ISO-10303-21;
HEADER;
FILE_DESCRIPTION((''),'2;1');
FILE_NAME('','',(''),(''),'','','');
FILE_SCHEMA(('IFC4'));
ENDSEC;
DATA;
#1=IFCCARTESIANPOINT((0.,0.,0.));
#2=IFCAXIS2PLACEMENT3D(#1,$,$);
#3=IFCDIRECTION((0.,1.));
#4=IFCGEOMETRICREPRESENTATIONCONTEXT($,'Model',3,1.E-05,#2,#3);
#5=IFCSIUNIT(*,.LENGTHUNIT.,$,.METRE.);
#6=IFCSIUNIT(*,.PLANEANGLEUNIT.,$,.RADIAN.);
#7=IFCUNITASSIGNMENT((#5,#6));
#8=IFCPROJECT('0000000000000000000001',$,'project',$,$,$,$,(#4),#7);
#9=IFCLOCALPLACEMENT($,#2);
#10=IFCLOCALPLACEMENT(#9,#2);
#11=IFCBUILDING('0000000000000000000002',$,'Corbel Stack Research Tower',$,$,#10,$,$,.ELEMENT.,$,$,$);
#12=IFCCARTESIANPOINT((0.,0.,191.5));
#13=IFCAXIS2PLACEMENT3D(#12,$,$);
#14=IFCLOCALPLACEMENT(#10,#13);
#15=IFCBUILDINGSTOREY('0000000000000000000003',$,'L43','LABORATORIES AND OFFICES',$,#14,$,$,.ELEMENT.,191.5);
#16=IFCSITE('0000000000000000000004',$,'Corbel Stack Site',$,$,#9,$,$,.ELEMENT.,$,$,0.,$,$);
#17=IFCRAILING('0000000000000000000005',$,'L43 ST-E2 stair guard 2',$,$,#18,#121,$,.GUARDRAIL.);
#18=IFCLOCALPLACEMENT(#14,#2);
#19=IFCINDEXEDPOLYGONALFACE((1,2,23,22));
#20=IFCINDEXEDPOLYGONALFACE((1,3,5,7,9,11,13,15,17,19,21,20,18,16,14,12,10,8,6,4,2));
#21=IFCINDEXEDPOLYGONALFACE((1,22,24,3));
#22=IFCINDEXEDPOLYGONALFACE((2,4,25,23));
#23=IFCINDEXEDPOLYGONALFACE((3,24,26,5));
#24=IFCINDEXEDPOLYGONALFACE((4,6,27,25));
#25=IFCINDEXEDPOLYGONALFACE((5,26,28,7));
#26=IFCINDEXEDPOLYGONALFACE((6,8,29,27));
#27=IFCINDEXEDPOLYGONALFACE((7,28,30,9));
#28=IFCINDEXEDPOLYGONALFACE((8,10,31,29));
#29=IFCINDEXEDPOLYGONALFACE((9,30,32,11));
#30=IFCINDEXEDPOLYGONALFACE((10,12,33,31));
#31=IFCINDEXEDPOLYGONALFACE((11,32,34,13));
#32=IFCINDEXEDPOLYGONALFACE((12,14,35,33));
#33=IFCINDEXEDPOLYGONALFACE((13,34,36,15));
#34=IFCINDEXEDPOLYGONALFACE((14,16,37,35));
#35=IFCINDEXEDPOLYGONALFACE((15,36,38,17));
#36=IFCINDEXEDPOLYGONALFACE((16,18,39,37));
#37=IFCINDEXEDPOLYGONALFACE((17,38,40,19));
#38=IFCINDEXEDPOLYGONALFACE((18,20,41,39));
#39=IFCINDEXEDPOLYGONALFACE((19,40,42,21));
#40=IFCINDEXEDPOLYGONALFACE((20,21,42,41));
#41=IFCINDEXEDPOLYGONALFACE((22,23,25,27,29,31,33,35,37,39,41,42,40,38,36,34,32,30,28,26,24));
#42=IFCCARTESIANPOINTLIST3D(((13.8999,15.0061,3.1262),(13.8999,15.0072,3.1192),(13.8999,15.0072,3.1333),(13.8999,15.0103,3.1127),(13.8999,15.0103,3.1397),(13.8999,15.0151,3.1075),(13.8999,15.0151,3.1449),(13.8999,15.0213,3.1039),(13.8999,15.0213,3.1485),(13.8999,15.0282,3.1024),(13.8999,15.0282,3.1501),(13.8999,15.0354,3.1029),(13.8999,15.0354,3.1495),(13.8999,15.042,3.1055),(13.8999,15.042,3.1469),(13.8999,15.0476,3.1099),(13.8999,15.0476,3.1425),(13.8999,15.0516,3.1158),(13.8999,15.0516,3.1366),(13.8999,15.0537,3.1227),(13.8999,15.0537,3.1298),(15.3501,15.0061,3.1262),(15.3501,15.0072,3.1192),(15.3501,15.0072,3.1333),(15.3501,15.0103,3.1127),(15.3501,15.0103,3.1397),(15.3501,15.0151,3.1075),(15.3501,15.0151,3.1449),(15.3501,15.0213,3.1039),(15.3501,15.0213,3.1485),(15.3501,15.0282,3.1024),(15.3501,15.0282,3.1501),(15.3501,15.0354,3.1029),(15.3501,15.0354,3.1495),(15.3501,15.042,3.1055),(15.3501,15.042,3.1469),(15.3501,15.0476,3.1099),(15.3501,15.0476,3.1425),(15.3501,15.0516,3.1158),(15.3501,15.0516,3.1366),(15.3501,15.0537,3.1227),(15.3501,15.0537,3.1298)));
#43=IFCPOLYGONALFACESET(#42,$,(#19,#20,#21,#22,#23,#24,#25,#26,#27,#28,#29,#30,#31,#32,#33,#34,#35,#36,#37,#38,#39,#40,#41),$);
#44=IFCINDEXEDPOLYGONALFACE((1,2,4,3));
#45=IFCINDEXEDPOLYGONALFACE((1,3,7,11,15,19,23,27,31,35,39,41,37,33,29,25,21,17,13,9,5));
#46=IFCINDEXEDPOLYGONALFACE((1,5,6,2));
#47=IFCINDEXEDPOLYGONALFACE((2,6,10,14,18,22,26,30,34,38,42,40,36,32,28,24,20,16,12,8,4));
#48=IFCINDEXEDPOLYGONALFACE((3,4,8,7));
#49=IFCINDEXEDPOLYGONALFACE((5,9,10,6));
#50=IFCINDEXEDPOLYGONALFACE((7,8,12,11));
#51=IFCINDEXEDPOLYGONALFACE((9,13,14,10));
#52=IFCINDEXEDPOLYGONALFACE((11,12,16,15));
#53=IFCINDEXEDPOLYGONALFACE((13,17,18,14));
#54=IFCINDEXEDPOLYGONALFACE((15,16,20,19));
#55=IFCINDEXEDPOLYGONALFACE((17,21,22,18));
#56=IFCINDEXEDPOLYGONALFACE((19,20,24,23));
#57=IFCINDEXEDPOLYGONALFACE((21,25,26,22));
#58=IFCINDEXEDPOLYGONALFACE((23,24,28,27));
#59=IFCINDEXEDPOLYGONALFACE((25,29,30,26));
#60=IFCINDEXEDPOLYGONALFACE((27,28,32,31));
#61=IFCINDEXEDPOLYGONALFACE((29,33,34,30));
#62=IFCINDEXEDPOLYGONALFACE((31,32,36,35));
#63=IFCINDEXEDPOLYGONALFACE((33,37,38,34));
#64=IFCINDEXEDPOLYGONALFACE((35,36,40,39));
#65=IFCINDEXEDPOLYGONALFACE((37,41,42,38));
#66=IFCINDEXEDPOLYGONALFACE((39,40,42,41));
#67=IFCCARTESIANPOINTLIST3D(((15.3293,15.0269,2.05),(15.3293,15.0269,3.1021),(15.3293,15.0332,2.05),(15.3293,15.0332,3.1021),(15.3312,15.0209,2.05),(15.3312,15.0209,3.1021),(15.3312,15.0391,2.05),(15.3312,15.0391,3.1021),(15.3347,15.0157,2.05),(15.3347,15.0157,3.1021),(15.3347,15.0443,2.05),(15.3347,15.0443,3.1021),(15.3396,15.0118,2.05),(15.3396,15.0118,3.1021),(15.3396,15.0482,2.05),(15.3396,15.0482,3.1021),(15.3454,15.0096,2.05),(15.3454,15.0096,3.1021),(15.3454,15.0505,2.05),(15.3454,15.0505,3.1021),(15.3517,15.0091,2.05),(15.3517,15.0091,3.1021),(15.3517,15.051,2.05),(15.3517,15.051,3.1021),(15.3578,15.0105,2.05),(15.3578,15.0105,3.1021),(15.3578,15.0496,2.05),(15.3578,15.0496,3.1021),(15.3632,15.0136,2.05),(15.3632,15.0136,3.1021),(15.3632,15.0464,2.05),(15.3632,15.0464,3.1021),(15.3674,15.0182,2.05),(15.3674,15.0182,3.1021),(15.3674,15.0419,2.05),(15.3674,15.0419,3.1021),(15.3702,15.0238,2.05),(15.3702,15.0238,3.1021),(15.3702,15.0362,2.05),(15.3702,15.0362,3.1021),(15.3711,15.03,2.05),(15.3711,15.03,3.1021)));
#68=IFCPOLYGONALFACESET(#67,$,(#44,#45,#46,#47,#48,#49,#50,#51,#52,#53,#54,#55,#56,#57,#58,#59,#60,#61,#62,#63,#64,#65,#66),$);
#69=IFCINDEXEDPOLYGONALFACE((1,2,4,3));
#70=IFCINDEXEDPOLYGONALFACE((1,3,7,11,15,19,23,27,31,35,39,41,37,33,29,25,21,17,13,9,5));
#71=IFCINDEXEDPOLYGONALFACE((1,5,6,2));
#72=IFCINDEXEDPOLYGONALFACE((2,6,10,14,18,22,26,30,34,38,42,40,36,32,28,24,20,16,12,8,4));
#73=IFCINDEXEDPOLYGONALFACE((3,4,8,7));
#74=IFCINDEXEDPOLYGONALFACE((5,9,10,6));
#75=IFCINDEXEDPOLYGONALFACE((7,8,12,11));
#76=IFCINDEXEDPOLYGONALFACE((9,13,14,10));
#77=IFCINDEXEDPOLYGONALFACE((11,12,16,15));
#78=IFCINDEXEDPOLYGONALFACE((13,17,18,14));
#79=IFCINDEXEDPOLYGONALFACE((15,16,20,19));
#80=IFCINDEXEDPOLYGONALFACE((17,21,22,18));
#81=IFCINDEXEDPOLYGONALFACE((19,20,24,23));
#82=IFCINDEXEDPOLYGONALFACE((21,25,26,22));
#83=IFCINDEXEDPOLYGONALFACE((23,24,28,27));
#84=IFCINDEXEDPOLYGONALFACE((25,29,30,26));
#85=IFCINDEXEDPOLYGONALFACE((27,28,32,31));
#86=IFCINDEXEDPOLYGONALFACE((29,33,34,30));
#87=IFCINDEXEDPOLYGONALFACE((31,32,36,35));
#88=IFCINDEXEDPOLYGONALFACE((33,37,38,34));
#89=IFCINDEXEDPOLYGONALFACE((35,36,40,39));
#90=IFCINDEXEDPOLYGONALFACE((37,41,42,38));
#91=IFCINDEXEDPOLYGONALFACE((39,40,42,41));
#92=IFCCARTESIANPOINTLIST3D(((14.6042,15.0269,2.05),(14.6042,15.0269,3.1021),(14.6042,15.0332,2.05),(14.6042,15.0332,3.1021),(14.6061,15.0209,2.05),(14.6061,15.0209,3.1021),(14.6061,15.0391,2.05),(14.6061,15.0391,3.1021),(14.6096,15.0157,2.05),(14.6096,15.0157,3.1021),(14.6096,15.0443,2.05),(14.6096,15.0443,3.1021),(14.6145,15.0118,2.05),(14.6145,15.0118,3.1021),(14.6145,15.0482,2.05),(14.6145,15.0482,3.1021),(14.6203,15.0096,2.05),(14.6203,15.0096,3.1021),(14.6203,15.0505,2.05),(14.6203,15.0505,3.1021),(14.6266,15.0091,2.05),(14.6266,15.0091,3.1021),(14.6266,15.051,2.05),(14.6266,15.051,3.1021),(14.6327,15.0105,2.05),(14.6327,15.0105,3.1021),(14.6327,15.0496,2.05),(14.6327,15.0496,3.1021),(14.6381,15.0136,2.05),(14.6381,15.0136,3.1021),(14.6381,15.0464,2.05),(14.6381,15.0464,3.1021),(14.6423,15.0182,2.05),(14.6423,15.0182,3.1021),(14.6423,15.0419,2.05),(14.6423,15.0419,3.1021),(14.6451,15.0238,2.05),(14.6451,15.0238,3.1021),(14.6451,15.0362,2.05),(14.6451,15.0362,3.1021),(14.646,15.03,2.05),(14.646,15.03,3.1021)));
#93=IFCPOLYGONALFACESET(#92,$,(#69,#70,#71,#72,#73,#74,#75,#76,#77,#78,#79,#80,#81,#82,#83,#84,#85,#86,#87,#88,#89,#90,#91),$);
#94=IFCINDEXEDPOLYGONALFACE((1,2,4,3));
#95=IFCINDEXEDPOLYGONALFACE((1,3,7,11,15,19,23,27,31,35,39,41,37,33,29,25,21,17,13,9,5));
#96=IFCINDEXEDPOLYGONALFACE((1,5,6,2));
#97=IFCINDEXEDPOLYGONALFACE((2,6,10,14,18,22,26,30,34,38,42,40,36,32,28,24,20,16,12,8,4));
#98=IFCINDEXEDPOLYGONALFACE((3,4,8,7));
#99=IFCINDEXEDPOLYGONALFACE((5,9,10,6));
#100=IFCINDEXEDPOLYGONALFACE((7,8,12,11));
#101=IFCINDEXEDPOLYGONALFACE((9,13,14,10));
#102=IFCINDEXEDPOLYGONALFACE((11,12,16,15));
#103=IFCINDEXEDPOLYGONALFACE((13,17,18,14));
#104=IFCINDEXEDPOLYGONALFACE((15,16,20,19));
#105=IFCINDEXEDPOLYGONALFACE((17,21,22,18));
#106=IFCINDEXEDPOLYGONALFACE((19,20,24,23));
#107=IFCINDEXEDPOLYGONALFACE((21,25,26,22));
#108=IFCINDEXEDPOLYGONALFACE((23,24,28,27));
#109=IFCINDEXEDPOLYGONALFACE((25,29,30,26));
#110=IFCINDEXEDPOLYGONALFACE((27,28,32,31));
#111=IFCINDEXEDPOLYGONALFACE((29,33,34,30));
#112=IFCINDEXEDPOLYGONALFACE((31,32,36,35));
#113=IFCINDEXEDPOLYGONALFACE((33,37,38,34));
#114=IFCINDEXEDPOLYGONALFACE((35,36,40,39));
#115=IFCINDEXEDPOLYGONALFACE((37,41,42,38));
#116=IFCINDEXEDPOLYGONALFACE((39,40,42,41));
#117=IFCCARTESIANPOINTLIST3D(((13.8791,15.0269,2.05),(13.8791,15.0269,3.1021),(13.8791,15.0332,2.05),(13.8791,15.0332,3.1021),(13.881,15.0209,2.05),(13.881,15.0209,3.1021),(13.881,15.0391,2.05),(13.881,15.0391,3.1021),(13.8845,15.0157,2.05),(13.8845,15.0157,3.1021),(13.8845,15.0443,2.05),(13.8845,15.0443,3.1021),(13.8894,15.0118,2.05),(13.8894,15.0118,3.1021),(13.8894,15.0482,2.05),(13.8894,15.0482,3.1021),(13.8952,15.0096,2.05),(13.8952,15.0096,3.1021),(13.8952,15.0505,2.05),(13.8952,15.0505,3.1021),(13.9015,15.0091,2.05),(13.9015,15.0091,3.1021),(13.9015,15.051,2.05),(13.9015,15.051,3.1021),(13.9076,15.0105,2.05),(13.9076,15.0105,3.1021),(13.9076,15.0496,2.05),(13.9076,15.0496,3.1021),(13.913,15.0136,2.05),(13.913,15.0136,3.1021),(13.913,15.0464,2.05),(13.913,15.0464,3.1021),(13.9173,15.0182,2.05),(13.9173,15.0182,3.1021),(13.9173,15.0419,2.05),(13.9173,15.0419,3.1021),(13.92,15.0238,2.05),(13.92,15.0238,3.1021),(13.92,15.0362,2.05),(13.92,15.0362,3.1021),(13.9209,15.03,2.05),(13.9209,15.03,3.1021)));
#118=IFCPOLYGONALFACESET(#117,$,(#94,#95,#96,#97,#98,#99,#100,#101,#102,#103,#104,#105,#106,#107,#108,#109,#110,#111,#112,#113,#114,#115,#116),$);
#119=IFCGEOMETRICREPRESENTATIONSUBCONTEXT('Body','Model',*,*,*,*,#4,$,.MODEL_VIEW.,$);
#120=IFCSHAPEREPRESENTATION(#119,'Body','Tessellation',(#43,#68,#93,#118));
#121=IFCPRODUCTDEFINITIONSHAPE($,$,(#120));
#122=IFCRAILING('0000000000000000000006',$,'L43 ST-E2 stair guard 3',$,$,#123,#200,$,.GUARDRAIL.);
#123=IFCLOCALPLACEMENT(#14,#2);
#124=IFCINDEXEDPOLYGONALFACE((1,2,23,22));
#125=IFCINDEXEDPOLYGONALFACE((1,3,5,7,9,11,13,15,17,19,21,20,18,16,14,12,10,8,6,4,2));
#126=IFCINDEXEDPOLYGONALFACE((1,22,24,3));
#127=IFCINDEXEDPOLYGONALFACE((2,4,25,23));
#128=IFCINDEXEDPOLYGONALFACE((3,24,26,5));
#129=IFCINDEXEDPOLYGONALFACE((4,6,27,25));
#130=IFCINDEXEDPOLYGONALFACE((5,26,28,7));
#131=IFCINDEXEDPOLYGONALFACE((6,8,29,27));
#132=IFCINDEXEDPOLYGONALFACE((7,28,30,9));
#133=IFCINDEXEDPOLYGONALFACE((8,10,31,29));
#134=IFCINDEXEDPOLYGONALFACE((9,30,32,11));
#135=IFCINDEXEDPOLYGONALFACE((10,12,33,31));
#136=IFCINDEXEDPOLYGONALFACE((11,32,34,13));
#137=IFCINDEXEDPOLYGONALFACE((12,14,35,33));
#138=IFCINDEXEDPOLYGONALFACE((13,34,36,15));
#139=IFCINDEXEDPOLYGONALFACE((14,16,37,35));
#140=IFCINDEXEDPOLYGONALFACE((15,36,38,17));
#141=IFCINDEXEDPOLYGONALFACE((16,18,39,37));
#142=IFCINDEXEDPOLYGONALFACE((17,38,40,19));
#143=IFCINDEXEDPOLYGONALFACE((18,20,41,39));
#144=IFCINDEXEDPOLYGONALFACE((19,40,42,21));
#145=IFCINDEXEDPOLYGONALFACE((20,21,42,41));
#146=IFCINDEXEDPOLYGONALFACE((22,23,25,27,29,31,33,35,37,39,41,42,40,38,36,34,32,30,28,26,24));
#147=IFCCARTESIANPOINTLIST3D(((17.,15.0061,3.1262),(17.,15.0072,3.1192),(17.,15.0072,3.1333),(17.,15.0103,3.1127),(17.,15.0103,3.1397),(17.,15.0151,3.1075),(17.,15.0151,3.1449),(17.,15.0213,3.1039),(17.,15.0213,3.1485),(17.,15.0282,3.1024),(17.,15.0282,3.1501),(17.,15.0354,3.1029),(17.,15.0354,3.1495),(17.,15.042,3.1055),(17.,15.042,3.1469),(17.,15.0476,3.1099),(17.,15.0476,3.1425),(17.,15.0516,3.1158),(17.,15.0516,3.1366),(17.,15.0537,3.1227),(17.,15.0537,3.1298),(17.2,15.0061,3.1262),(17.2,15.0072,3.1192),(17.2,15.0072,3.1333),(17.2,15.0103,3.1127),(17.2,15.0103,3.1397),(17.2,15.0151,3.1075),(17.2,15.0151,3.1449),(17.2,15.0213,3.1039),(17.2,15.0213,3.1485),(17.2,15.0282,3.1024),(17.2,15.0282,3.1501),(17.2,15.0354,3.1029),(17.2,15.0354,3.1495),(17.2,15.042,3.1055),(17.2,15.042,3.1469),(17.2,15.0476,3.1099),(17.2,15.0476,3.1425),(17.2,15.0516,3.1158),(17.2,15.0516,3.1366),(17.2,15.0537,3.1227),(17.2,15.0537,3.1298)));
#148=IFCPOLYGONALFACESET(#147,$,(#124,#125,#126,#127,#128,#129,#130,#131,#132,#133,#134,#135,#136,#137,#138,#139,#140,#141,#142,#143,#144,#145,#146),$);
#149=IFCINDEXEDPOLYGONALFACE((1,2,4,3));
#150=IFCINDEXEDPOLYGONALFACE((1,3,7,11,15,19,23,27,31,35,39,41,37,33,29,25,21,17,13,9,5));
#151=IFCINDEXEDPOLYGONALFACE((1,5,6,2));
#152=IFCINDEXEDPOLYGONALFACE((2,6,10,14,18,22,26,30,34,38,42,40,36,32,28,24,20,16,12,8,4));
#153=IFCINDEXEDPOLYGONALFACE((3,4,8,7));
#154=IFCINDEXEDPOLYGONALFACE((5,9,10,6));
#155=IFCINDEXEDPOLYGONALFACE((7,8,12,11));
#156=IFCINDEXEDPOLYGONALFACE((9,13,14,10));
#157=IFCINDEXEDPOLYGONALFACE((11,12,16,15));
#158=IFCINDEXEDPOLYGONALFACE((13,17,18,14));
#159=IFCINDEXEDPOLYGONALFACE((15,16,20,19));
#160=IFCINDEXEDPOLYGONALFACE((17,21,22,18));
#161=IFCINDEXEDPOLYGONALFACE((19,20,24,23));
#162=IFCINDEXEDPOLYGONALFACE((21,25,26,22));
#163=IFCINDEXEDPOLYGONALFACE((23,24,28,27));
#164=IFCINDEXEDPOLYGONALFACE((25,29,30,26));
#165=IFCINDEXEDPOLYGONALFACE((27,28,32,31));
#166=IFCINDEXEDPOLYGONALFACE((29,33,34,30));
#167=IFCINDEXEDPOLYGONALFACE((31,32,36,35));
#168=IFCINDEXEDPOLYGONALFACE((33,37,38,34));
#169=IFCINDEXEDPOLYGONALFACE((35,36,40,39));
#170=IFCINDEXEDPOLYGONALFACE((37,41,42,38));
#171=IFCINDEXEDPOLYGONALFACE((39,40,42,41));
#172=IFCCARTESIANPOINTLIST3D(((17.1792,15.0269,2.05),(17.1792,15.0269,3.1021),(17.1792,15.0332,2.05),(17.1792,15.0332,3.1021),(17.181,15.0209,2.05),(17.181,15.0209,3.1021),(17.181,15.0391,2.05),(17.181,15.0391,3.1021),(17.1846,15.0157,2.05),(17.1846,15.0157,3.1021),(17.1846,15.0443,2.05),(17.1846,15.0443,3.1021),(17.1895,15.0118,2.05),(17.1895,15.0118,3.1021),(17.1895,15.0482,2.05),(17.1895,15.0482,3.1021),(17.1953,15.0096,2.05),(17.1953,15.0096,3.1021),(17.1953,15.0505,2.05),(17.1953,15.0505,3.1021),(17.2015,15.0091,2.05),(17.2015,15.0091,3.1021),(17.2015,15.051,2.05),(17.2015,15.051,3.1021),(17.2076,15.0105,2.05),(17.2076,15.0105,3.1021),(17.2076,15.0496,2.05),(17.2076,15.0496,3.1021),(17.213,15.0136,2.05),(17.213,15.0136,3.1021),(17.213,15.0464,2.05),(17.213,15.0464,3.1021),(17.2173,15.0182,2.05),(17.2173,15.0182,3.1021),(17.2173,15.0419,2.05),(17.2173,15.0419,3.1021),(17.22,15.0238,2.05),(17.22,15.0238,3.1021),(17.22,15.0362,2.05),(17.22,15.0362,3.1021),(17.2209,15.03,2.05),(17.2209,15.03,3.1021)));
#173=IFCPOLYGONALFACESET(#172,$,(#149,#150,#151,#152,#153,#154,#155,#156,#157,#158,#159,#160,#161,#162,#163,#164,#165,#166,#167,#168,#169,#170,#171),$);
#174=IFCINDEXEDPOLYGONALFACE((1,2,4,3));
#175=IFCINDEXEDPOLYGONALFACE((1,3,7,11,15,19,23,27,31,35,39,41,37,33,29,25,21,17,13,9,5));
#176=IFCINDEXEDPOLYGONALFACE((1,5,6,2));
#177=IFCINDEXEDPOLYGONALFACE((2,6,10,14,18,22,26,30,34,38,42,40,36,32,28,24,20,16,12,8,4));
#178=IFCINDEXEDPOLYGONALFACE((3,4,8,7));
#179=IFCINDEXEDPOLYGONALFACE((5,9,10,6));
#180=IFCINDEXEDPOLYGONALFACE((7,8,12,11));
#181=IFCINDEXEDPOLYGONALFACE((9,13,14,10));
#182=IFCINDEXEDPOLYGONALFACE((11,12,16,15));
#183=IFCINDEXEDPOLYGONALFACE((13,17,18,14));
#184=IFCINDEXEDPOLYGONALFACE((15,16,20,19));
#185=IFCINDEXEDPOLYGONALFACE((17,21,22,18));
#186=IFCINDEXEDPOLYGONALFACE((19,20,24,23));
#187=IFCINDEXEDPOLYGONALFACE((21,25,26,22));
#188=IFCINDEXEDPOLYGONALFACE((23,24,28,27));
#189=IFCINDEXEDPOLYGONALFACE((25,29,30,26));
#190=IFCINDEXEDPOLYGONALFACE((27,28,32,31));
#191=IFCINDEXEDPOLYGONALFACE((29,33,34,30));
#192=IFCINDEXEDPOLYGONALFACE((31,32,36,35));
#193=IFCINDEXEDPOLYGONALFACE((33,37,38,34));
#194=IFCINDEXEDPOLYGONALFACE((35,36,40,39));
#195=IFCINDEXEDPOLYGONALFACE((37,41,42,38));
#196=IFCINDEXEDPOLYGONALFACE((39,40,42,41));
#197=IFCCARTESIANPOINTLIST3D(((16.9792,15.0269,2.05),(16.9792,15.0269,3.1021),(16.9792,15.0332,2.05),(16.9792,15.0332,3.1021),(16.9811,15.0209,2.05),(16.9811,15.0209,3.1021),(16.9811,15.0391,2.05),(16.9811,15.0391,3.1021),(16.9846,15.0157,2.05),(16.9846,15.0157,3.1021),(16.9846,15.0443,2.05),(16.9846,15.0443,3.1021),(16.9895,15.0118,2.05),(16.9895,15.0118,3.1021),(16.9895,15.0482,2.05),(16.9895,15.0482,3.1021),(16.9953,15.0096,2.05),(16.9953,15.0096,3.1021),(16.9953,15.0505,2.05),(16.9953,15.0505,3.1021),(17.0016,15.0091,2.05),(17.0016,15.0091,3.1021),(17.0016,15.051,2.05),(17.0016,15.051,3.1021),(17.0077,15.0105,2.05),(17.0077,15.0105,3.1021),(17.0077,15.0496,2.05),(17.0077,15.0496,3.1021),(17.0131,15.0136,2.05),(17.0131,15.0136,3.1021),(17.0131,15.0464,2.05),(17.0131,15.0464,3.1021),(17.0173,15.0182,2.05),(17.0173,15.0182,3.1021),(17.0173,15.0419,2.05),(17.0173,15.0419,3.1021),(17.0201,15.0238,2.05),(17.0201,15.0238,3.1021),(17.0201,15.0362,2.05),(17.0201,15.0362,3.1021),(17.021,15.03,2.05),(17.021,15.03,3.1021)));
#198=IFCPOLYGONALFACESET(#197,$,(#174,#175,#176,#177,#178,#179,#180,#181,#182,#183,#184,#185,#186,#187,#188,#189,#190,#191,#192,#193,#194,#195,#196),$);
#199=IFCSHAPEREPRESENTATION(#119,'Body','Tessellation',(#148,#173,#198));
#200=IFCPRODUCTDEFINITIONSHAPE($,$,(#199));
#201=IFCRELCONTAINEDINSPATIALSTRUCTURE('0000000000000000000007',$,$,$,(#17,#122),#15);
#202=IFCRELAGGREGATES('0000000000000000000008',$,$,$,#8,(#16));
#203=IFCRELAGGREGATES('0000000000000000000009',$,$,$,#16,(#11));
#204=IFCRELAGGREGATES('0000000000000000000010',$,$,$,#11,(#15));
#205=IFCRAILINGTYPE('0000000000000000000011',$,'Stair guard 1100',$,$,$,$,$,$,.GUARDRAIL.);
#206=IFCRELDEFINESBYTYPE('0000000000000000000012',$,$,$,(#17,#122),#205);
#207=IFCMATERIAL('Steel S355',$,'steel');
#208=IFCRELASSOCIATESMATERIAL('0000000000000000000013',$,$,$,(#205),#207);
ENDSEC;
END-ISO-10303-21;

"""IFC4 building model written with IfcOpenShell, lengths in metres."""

from ifc_helpers import new_model, si_unit, direction, frame, origin, origin_2d, place, context, subcontext, project, spatial, circle, extrude, material, type_object, element, save


model = new_model("IFC4")

# Units and contexts
model_context = context("Model", 3, precision=1e-05, world=origin(), true_north=direction((0.0, 1.0)))
body_context = subcontext(model_context, "Body", "Model", "MODEL_VIEW")
ifc_project = project(units=[si_unit("LENGTHUNIT", "METRE"), si_unit("PLANEANGLEUNIT", "RADIAN")], contexts=[model_context])

# Site, building, storey
site_placement = place(None, origin())
site = spatial("IfcSite", under=ifc_project, at=site_placement, Name="Corbel Stack Site", CompositionType="ELEMENT", RefElevation=0.0)
building_placement = place(site_placement, origin())
building = spatial("IfcBuilding", under=site, at=building_placement, Name="Corbel Stack Research Tower", CompositionType="ELEMENT")
storey_placement = place(building_placement, frame((0.0, 0.0, 191.5)))
storey = spatial("IfcBuildingStorey", under=building, at=storey_placement, Name="L43", Description="LABORATORIES AND OFFICES", CompositionType="ELEMENT", Elevation=191.5)

# Railings
ifc_material_1 = material(Name="Steel S355", Category="steel")
railing_type_1 = type_object("IfcRailingType", Name="Stair guard 1100", PredefinedType="GUARDRAIL", material=ifc_material_1)
railing_1_placement = place(storey_placement, frame((15.3501, 15.03, 2.05)))
element("IfcRailing", 1, at=railing_1_placement, inside=storey, type_object=railing_type_1, Name="L43 ST-E2 stair guard 2", PredefinedType="GUARDRAIL", context=body_context, shape_type="SweptSolid", body=[
    extrude(circle(Radius=0.0239, at=origin_2d()), frame((0.0, 0.0, 1.0762), z_axis=(-1.0, 0.0, 0.0), x_axis=(0.0, -1.0, 0.0)), (0.0, 0.0, 1.0), 1.4502),
    extrude(circle(Radius=0.021, at=origin_2d()), origin(), (0.0, 0.0, 1.0), 1.052),
    extrude(circle(Radius=0.021, at=origin_2d()), frame((-0.7251, 0.0, 0.0)), (0.0, 0.0, 1.0), 1.052),
    extrude(circle(Radius=0.021, at=origin_2d()), frame((-1.4502, 0.0, 0.0)), (0.0, 0.0, 1.0), 1.052),
])
railing_2_placement = place(storey_placement, frame((17.2, 15.03, 2.05)))
element("IfcRailing", 2, at=railing_2_placement, inside=storey, type_object=railing_type_1, Name="L43 ST-E2 stair guard 3", PredefinedType="GUARDRAIL", context=body_context, shape_type="SweptSolid", body=[
    extrude(circle(Radius=0.0239, at=origin_2d()), frame((0.0, 0.0, 1.0762), z_axis=(-1.0, 0.0, 0.0), x_axis=(0.0, -1.0, 0.0)), (0.0, 0.0, 1.0), 0.2),
    extrude(circle(Radius=0.021, at=origin_2d()), origin(), (0.0, 0.0, 1.0), 1.052),
    extrude(circle(Radius=0.021, at=origin_2d()), frame((-0.2, 0.0, 0.0)), (0.0, 0.0, 1.0), 1.052),
])

save(model, "model.ifc")
